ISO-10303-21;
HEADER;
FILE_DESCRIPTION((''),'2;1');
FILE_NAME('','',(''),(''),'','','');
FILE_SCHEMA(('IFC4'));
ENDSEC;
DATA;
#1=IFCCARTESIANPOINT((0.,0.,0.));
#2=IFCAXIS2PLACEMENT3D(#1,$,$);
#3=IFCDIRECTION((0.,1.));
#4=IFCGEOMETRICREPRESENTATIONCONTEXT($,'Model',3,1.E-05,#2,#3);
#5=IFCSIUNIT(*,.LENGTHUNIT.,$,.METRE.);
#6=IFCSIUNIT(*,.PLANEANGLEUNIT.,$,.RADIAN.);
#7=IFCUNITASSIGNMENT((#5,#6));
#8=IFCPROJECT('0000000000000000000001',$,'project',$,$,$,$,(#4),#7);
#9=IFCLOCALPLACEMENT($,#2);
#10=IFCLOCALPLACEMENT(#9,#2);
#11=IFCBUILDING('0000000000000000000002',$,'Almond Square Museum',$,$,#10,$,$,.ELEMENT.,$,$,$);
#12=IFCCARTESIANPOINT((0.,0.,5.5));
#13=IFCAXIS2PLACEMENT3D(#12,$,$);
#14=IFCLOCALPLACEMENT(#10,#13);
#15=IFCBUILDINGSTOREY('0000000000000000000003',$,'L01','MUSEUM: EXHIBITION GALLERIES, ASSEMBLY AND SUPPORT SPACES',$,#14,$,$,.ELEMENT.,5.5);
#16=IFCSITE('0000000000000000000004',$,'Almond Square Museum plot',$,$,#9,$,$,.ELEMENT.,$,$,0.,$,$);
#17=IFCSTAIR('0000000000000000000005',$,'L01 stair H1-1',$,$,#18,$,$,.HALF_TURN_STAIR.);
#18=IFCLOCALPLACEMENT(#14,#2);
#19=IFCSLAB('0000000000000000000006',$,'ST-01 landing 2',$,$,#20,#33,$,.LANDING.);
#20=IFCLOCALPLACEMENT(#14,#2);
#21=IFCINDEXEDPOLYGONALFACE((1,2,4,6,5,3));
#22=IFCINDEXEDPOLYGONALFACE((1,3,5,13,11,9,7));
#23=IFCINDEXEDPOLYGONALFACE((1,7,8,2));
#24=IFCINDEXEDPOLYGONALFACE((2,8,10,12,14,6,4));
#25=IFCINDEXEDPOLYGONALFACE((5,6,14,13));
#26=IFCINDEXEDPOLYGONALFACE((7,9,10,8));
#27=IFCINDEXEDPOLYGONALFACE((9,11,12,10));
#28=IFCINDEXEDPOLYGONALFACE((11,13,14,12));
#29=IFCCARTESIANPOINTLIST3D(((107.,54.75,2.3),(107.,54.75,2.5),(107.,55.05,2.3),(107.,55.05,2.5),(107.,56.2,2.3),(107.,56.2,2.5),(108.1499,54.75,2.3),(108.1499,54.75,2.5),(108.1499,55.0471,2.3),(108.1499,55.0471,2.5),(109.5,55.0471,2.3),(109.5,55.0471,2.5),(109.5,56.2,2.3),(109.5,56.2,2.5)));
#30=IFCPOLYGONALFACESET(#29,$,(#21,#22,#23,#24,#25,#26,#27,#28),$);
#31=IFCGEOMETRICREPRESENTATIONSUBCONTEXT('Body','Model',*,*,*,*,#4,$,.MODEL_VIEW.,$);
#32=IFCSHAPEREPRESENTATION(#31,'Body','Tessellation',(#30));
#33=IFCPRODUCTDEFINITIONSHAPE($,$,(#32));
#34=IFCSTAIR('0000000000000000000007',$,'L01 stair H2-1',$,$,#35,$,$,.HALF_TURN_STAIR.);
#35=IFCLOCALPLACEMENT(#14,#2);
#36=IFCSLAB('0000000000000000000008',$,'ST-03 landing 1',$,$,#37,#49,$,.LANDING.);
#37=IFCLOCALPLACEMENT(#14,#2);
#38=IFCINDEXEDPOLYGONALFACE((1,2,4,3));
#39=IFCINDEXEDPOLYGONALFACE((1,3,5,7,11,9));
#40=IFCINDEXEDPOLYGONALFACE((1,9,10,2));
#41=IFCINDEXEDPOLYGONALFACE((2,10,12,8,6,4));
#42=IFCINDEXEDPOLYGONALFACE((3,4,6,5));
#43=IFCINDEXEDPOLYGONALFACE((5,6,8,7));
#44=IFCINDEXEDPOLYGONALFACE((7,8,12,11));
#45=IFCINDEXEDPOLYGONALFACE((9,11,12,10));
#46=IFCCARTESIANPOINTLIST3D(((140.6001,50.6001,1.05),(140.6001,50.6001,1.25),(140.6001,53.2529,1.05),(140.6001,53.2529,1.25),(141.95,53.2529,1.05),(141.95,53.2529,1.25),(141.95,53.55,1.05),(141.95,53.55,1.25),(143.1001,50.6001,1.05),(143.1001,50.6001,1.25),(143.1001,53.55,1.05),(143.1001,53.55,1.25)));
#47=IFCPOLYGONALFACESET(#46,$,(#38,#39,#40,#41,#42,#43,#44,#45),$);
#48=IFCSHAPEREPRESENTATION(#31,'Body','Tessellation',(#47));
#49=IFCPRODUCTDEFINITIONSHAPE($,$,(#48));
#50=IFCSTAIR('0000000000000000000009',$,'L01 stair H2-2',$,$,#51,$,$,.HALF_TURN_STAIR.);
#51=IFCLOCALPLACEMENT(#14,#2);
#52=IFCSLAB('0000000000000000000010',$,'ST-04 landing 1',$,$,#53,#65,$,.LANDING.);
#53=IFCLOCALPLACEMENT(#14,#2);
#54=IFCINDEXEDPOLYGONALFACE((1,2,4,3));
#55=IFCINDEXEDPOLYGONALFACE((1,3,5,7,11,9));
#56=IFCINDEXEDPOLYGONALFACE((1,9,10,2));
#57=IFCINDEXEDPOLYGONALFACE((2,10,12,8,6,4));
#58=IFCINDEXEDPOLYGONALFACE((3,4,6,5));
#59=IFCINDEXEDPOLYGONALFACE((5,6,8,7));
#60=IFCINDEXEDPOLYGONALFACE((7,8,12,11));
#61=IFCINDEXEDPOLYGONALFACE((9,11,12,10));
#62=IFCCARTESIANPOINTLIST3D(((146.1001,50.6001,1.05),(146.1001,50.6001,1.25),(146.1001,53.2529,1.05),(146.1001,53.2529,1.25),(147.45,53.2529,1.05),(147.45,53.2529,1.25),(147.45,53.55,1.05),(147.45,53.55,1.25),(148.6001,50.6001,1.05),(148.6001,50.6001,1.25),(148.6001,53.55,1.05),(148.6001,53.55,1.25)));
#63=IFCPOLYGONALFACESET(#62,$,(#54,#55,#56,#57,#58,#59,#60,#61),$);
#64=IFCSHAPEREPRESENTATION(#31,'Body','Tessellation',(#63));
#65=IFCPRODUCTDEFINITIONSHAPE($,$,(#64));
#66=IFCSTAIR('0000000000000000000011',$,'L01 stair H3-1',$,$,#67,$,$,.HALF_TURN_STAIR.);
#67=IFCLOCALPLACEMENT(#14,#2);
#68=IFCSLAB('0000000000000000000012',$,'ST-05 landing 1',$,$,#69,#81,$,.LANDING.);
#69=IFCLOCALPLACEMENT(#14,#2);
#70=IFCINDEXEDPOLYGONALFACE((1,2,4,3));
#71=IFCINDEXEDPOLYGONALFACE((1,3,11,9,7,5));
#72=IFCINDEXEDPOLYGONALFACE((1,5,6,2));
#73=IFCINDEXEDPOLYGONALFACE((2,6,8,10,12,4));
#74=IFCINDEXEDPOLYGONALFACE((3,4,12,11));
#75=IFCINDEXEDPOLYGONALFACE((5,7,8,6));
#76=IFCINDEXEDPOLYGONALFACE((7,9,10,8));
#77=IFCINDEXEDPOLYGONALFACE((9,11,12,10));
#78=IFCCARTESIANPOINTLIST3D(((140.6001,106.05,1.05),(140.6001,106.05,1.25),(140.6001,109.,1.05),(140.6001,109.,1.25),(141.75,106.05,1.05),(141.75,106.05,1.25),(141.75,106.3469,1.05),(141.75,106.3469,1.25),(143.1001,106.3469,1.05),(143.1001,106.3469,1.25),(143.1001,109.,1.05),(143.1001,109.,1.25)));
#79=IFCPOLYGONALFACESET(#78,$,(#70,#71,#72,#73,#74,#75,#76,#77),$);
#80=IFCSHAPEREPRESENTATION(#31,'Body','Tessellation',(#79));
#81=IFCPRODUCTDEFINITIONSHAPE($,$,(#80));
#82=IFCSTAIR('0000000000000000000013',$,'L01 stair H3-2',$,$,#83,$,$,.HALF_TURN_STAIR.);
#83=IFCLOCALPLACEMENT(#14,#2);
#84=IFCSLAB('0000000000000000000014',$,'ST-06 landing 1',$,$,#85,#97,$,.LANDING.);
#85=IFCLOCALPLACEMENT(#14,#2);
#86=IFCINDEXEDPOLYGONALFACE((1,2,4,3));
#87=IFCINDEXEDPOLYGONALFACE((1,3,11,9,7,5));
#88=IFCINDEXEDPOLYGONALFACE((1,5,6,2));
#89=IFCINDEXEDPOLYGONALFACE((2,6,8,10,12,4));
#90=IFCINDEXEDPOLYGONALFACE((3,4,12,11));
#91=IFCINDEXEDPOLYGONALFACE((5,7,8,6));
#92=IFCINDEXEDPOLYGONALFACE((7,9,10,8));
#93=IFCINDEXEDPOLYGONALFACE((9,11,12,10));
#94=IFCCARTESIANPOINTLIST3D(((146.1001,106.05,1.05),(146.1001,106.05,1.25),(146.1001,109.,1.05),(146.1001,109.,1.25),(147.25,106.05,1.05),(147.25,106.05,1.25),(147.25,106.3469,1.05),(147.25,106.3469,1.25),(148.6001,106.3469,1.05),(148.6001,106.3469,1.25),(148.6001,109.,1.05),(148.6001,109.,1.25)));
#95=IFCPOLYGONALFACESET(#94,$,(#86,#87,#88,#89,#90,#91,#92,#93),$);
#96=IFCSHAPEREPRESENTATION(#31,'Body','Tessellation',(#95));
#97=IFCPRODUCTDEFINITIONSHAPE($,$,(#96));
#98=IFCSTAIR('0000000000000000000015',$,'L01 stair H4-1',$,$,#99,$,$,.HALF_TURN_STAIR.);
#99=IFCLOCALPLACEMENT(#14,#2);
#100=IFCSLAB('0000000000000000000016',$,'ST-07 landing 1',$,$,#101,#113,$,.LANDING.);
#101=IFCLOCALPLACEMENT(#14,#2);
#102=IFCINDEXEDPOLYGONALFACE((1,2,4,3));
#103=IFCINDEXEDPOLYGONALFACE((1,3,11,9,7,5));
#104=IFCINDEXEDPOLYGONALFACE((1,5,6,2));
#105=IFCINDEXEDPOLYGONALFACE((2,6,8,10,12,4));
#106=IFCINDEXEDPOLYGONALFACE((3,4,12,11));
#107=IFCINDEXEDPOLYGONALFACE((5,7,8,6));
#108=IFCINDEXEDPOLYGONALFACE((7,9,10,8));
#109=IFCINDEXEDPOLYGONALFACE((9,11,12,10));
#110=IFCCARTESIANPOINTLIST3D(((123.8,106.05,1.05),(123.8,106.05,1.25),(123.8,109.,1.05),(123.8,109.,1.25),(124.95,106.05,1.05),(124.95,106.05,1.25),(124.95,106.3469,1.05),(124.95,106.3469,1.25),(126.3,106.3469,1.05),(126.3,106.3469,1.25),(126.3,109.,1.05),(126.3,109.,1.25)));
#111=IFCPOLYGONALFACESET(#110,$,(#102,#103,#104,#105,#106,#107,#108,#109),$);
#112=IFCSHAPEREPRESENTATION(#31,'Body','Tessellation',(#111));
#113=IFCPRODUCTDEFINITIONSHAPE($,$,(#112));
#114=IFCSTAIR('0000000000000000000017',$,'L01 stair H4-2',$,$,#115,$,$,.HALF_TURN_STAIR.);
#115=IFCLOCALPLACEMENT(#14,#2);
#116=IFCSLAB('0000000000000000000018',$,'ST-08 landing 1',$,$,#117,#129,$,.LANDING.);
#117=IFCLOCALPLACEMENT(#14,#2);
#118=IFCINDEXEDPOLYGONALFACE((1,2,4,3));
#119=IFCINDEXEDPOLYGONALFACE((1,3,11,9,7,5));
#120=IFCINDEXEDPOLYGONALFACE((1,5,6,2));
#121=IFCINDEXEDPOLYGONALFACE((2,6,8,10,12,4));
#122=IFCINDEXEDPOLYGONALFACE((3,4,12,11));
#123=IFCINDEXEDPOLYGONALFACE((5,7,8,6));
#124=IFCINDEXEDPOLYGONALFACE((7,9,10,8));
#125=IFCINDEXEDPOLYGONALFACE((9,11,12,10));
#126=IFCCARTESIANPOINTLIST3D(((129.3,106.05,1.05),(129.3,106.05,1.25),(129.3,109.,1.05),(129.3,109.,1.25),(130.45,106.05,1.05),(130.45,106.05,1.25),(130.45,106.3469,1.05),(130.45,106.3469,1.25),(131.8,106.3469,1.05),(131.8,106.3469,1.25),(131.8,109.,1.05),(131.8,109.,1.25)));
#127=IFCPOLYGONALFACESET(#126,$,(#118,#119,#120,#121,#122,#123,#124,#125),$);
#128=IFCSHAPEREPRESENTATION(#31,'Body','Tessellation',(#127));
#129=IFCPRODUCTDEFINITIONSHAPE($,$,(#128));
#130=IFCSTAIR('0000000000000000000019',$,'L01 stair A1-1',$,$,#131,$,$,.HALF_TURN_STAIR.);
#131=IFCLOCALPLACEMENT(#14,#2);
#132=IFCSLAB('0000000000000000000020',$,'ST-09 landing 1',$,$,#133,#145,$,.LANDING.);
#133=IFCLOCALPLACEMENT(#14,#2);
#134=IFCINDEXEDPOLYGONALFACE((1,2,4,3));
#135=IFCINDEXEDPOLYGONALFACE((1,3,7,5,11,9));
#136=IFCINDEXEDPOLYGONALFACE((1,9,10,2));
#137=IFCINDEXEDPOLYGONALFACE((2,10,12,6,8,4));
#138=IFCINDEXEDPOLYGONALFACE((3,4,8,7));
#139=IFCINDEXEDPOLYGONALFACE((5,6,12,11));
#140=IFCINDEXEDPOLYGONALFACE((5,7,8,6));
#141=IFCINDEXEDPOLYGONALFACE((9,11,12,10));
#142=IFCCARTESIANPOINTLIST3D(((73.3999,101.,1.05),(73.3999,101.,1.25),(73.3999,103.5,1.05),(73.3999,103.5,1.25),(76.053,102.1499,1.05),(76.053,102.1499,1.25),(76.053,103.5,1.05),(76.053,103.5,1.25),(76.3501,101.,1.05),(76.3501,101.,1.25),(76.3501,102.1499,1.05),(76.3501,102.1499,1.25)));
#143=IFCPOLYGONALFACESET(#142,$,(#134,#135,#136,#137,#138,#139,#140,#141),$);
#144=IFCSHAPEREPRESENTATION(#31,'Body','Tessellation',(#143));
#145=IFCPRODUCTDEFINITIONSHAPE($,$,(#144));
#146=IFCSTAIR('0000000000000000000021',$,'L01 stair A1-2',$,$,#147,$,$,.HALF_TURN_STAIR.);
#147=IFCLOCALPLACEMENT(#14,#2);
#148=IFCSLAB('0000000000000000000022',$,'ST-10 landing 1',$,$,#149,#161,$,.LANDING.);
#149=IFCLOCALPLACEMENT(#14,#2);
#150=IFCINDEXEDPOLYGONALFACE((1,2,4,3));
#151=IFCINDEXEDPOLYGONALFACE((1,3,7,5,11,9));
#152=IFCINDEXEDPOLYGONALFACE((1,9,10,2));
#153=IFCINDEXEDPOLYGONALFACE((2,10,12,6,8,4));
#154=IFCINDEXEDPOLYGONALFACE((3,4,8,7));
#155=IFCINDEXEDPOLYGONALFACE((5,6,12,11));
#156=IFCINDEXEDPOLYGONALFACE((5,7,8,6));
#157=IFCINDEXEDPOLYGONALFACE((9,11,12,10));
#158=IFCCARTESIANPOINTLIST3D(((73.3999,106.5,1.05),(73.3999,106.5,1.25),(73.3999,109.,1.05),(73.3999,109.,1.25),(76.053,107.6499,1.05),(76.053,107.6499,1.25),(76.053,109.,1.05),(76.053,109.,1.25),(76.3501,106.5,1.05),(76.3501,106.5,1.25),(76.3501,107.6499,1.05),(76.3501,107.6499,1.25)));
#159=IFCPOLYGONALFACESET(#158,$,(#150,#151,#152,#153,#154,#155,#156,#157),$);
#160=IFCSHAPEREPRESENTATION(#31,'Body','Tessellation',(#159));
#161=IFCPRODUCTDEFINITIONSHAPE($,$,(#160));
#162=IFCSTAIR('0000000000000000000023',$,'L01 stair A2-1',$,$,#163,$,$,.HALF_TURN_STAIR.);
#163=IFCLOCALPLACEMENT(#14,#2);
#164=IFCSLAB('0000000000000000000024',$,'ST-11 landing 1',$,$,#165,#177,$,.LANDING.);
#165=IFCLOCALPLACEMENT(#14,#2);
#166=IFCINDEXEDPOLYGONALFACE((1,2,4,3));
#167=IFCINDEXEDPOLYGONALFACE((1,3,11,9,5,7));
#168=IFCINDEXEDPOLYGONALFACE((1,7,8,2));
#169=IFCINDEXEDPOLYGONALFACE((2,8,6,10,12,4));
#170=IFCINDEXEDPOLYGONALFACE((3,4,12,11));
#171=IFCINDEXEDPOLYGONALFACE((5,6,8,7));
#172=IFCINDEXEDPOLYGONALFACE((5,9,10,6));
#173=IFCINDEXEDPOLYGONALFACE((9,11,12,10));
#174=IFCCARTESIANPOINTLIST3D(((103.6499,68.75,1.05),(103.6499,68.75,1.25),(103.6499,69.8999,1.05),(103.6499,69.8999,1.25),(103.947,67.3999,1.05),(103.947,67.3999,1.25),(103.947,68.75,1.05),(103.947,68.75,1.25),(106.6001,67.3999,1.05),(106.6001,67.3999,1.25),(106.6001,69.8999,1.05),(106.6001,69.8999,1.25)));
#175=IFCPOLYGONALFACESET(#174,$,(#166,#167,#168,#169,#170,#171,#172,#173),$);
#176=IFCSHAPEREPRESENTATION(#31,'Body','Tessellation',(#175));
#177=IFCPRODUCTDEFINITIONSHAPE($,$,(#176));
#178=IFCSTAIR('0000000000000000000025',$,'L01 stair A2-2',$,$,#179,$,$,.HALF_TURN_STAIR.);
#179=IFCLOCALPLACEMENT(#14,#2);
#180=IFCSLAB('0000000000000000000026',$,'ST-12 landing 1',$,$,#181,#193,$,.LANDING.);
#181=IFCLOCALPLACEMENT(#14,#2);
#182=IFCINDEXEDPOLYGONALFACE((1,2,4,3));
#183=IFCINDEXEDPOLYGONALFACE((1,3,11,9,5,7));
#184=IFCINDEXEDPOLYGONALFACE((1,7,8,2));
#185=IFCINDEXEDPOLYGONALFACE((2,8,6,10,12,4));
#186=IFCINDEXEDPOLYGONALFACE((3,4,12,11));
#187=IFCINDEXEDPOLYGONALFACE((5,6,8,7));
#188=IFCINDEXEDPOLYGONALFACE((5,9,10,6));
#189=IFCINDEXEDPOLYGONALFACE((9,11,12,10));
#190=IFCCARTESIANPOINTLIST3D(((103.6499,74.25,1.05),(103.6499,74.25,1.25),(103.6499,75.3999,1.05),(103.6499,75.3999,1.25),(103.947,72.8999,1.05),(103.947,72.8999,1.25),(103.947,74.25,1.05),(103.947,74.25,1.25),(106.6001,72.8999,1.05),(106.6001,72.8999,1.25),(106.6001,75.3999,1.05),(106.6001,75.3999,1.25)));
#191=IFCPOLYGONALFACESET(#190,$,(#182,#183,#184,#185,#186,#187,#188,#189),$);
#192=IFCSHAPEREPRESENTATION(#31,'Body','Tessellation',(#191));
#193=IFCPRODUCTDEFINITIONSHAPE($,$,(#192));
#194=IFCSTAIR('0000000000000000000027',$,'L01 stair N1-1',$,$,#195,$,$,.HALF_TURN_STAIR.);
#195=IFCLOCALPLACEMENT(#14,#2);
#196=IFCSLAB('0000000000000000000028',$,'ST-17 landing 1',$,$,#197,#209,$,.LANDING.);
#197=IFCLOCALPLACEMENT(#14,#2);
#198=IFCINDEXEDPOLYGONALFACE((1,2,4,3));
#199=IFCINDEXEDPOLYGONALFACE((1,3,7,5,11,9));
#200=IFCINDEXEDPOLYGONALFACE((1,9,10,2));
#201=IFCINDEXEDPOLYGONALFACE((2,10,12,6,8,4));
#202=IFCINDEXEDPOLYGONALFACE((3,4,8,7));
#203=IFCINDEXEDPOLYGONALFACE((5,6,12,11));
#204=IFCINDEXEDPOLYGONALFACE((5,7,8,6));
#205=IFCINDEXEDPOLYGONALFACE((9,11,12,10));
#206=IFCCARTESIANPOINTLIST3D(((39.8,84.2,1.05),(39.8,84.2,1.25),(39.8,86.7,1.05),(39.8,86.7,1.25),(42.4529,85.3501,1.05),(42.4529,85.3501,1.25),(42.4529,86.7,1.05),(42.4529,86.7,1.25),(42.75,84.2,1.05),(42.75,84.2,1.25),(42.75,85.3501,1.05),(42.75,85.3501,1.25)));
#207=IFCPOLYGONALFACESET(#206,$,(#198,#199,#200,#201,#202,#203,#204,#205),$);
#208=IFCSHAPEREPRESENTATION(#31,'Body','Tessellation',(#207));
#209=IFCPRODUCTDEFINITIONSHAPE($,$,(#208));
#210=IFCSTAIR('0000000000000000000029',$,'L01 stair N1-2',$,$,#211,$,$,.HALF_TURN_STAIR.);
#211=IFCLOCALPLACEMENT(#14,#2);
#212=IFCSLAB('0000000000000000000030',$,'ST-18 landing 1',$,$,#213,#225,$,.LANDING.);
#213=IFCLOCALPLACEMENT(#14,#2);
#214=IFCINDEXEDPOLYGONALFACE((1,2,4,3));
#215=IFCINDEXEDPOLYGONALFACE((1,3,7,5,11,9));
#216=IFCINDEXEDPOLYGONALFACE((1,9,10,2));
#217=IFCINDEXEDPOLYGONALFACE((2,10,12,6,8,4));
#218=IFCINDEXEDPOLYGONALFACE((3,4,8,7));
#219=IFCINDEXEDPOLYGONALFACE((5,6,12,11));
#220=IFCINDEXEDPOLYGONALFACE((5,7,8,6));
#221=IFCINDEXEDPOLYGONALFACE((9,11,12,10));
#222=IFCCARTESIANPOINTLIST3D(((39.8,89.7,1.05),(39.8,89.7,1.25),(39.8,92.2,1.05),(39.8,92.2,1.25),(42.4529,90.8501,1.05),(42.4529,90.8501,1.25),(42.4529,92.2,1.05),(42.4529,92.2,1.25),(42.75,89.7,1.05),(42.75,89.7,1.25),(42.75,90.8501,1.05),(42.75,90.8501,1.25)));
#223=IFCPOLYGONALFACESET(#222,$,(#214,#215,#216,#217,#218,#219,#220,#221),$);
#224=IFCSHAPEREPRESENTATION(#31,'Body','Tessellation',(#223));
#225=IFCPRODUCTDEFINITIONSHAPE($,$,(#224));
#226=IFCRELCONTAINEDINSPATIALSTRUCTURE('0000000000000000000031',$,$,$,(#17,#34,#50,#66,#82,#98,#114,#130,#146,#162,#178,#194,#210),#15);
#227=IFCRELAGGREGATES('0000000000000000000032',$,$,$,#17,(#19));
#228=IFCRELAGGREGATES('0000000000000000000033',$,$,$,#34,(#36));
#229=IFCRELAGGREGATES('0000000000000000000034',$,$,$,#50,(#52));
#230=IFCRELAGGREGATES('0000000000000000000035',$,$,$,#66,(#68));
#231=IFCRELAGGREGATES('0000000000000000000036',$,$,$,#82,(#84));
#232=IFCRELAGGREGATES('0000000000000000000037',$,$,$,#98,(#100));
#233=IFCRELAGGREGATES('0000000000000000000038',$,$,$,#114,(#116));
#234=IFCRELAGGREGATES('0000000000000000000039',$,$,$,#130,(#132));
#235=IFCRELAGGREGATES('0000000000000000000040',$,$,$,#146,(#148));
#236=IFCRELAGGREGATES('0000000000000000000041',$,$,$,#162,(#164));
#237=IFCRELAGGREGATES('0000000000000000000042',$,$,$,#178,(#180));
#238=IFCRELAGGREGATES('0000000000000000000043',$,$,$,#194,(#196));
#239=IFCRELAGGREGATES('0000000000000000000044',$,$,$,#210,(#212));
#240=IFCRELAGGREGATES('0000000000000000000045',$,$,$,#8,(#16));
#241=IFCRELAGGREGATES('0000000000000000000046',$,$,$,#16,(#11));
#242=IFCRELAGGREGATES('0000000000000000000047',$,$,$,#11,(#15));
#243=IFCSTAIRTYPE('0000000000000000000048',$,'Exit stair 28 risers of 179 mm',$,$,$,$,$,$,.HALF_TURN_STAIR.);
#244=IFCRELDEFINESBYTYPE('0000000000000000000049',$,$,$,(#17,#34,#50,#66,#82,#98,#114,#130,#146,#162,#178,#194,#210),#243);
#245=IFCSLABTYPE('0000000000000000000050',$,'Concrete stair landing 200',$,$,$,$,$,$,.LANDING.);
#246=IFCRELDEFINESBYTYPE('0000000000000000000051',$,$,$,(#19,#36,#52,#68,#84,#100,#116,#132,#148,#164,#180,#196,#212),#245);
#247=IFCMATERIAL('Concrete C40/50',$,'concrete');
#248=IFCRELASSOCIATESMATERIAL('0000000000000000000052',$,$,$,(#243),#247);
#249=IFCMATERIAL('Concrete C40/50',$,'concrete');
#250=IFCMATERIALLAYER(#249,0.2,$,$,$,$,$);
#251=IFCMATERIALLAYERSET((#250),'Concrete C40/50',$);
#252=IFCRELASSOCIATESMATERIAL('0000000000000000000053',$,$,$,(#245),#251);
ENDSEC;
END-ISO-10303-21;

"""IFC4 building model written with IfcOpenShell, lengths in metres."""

from ifc_helpers import new_model, si_unit, direction, frame, origin, place, context, subcontext, project, spatial, polyline, outline, extrude, material, layer, layer_set, type_object, element, aggregate, save


model = new_model("IFC4")

# Units and contexts
model_context = context("Model", 3, precision=1e-05, world=origin(), true_north=direction((0.0, 1.0)))
body_context = subcontext(model_context, "Body", "Model", "MODEL_VIEW")
ifc_project = project(units=[si_unit("LENGTHUNIT", "METRE"), si_unit("PLANEANGLEUNIT", "RADIAN")], contexts=[model_context])

# Site, building, storey
site_placement = place(None, origin())
site = spatial("IfcSite", under=ifc_project, at=site_placement, Name="Almond Square Museum plot", CompositionType="ELEMENT", RefElevation=0.0)
building_placement = place(site_placement, origin())
building = spatial("IfcBuilding", under=site, at=building_placement, Name="Almond Square Museum", CompositionType="ELEMENT")
storey_placement = place(building_placement, frame((0.0, 0.0, 5.5)))
storey = spatial("IfcBuildingStorey", under=building, at=storey_placement, Name="L01", Description="MUSEUM: EXHIBITION GALLERIES, ASSEMBLY AND SUPPORT SPACES", CompositionType="ELEMENT", Elevation=5.5)

# Stairs, slabs
ifc_material_1 = material(Name="Concrete C40/50", Category="concrete")
stair_type = type_object("IfcStairType", Name="Exit stair 28 risers of 179 mm", PredefinedType="HALF_TURN_STAIR", material=ifc_material_1)
stair_1_placement = place(storey_placement, origin())
stair_1 = element("IfcStair", 1, at=stair_1_placement, inside=storey, type_object=stair_type, Name="L01 stair H1-1", PredefinedType="HALF_TURN_STAIR")
ifc_material_2 = material(Name="Concrete C40/50", Category="concrete")
ifc_layer = layer(ifc_material_2, 0.2)
ifc_layer_set = layer_set([ifc_layer], Name="Concrete C40/50")
slab_type = type_object("IfcSlabType", Name="Concrete stair landing 200", PredefinedType="LANDING", material=ifc_layer_set)
slab_1_placement = place(storey_placement, frame((0.0, 0.0, 2.3)))
slab_1 = element("IfcSlab", 2, at=slab_1_placement, type_object=slab_type, Name="ST-01 landing 2", PredefinedType="LANDING", context=body_context, shape_type="SweptSolid", body=[
    extrude(outline(polyline([(107.0, 56.2), (107.0, 55.05), (107.0, 54.75), (108.1499, 54.75), (108.1499, 55.0471), (109.5, 55.0471), (109.5, 56.2), (107.0, 56.2)])), origin(), (0.0, 0.0, 1.0), 0.2),
])
aggregate(stair_1, [slab_1])
stair_2_placement = place(storey_placement, origin())
stair_2 = element("IfcStair", 3, at=stair_2_placement, inside=storey, type_object=stair_type, Name="L01 stair H2-1", PredefinedType="HALF_TURN_STAIR")
slab_2_placement = place(storey_placement, frame((0.0, 0.0, 1.05)))
slab_2 = element("IfcSlab", 4, at=slab_2_placement, type_object=slab_type, Name="ST-03 landing 1", PredefinedType="LANDING", context=body_context, shape_type="SweptSolid", body=[
    extrude(outline(polyline([(140.6001, 53.2529), (140.6001, 50.6001), (143.1001, 50.6001), (143.1001, 53.55), (141.95, 53.55), (141.95, 53.2529), (140.6001, 53.2529)])), origin(), (0.0, 0.0, 1.0), 0.2),
])
aggregate(stair_2, [slab_2])
stair_3_placement = place(storey_placement, origin())
stair_3 = element("IfcStair", 5, at=stair_3_placement, inside=storey, type_object=stair_type, Name="L01 stair H2-2", PredefinedType="HALF_TURN_STAIR")
slab_3_placement = place(storey_placement, frame((0.0, 0.0, 1.05)))
slab_3 = element("IfcSlab", 6, at=slab_3_placement, type_object=slab_type, Name="ST-04 landing 1", PredefinedType="LANDING", context=body_context, shape_type="SweptSolid", body=[
    extrude(outline(polyline([(146.1001, 53.2529), (146.1001, 50.6001), (148.6001, 50.6001), (148.6001, 53.55), (147.45, 53.55), (147.45, 53.2529), (146.1001, 53.2529)])), origin(), (0.0, 0.0, 1.0), 0.2),
])
aggregate(stair_3, [slab_3])
stair_4_placement = place(storey_placement, origin())
stair_4 = element("IfcStair", 7, at=stair_4_placement, inside=storey, type_object=stair_type, Name="L01 stair H3-1", PredefinedType="HALF_TURN_STAIR")
slab_4_placement = place(storey_placement, frame((0.0, 0.0, 1.05)))
slab_4 = element("IfcSlab", 8, at=slab_4_placement, type_object=slab_type, Name="ST-05 landing 1", PredefinedType="LANDING", context=body_context, shape_type="SweptSolid", body=[
    extrude(outline(polyline([(143.1001, 106.3469), (143.1001, 109.0), (140.6001, 109.0), (140.6001, 106.05), (141.75, 106.05), (141.75, 106.3469), (143.1001, 106.3469)])), origin(), (0.0, 0.0, 1.0), 0.2),
])
aggregate(stair_4, [slab_4])
stair_5_placement = place(storey_placement, origin())
stair_5 = element("IfcStair", 9, at=stair_5_placement, inside=storey, type_object=stair_type, Name="L01 stair H3-2", PredefinedType="HALF_TURN_STAIR")
slab_5_placement = place(storey_placement, frame((0.0, 0.0, 1.05)))
slab_5 = element("IfcSlab", 10, at=slab_5_placement, type_object=slab_type, Name="ST-06 landing 1", PredefinedType="LANDING", context=body_context, shape_type="SweptSolid", body=[
    extrude(outline(polyline([(148.6001, 106.3469), (148.6001, 109.0), (146.1001, 109.0), (146.1001, 106.05), (147.25, 106.05), (147.25, 106.3469), (148.6001, 106.3469)])), origin(), (0.0, 0.0, 1.0), 0.2),
])
aggregate(stair_5, [slab_5])
stair_6_placement = place(storey_placement, origin())
stair_6 = element("IfcStair", 11, at=stair_6_placement, inside=storey, type_object=stair_type, Name="L01 stair H4-1", PredefinedType="HALF_TURN_STAIR")
slab_6_placement = place(storey_placement, frame((0.0, 0.0, 1.05)))
slab_6 = element("IfcSlab", 12, at=slab_6_placement, type_object=slab_type, Name="ST-07 landing 1", PredefinedType="LANDING", context=body_context, shape_type="SweptSolid", body=[
    extrude(outline(polyline([(126.3, 106.3469), (126.3, 109.0), (123.8, 109.0), (123.8, 106.05), (124.95, 106.05), (124.95, 106.3469), (126.3, 106.3469)])), origin(), (0.0, 0.0, 1.0), 0.2),
])
aggregate(stair_6, [slab_6])
stair_7_placement = place(storey_placement, origin())
stair_7 = element("IfcStair", 13, at=stair_7_placement, inside=storey, type_object=stair_type, Name="L01 stair H4-2", PredefinedType="HALF_TURN_STAIR")
slab_7_placement = place(storey_placement, frame((0.0, 0.0, 1.05)))
slab_7 = element("IfcSlab", 14, at=slab_7_placement, type_object=slab_type, Name="ST-08 landing 1", PredefinedType="LANDING", context=body_context, shape_type="SweptSolid", body=[
    extrude(outline(polyline([(131.8, 106.3469), (131.8, 109.0), (129.3, 109.0), (129.3, 106.05), (130.45, 106.05), (130.45, 106.3469), (131.8, 106.3469)])), origin(), (0.0, 0.0, 1.0), 0.2),
])
aggregate(stair_7, [slab_7])
stair_8_placement = place(storey_placement, origin())
stair_8 = element("IfcStair", 15, at=stair_8_placement, inside=storey, type_object=stair_type, Name="L01 stair A1-1", PredefinedType="HALF_TURN_STAIR")
slab_8_placement = place(storey_placement, frame((0.0, 0.0, 1.05)))
slab_8 = element("IfcSlab", 16, at=slab_8_placement, type_object=slab_type, Name="ST-09 landing 1", PredefinedType="LANDING", context=body_context, shape_type="SweptSolid", body=[
    extrude(outline(polyline([(76.053, 103.5), (73.3999, 103.5), (73.3999, 101.0), (76.3501, 101.0), (76.3501, 102.1499), (76.053, 102.1499), (76.053, 103.5)])), origin(), (0.0, 0.0, 1.0), 0.2),
])
aggregate(stair_8, [slab_8])
stair_9_placement = place(storey_placement, origin())
stair_9 = element("IfcStair", 17, at=stair_9_placement, inside=storey, type_object=stair_type, Name="L01 stair A1-2", PredefinedType="HALF_TURN_STAIR")
slab_9_placement = place(storey_placement, frame((0.0, 0.0, 1.05)))
slab_9 = element("IfcSlab", 18, at=slab_9_placement, type_object=slab_type, Name="ST-10 landing 1", PredefinedType="LANDING", context=body_context, shape_type="SweptSolid", body=[
    extrude(outline(polyline([(76.053, 109.0), (73.3999, 109.0), (73.3999, 106.5), (76.3501, 106.5), (76.3501, 107.6499), (76.053, 107.6499), (76.053, 109.0)])), origin(), (0.0, 0.0, 1.0), 0.2),
])
aggregate(stair_9, [slab_9])
stair_10_placement = place(storey_placement, origin())
stair_10 = element("IfcStair", 19, at=stair_10_placement, inside=storey, type_object=stair_type, Name="L01 stair A2-1", PredefinedType="HALF_TURN_STAIR")
slab_10_placement = place(storey_placement, frame((0.0, 0.0, 1.05)))
slab_10 = element("IfcSlab", 20, at=slab_10_placement, type_object=slab_type, Name="ST-11 landing 1", PredefinedType="LANDING", context=body_context, shape_type="SweptSolid", body=[
    extrude(outline(polyline([(103.947, 67.3999), (106.6001, 67.3999), (106.6001, 69.8999), (103.6499, 69.8999), (103.6499, 68.75), (103.947, 68.75), (103.947, 67.3999)])), origin(), (0.0, 0.0, 1.0), 0.2),
])
aggregate(stair_10, [slab_10])
stair_11_placement = place(storey_placement, origin())
stair_11 = element("IfcStair", 21, at=stair_11_placement, inside=storey, type_object=stair_type, Name="L01 stair A2-2", PredefinedType="HALF_TURN_STAIR")
slab_11_placement = place(storey_placement, frame((0.0, 0.0, 1.05)))
slab_11 = element("IfcSlab", 22, at=slab_11_placement, type_object=slab_type, Name="ST-12 landing 1", PredefinedType="LANDING", context=body_context, shape_type="SweptSolid", body=[
    extrude(outline(polyline([(103.947, 72.8999), (106.6001, 72.8999), (106.6001, 75.3999), (103.6499, 75.3999), (103.6499, 74.25), (103.947, 74.25), (103.947, 72.8999)])), origin(), (0.0, 0.0, 1.0), 0.2),
])
aggregate(stair_11, [slab_11])
stair_12_placement = place(storey_placement, origin())
stair_12 = element("IfcStair", 23, at=stair_12_placement, inside=storey, type_object=stair_type, Name="L01 stair N1-1", PredefinedType="HALF_TURN_STAIR")
slab_12_placement = place(storey_placement, frame((0.0, 0.0, 1.05)))
slab_12 = element("IfcSlab", 24, at=slab_12_placement, type_object=slab_type, Name="ST-17 landing 1", PredefinedType="LANDING", context=body_context, shape_type="SweptSolid", body=[
    extrude(outline(polyline([(42.4529, 86.7), (39.8, 86.7), (39.8, 84.2), (42.75, 84.2), (42.75, 85.3501), (42.4529, 85.3501), (42.4529, 86.7)])), origin(), (0.0, 0.0, 1.0), 0.2),
])
aggregate(stair_12, [slab_12])
stair_13_placement = place(storey_placement, origin())
stair_13 = element("IfcStair", 25, at=stair_13_placement, inside=storey, type_object=stair_type, Name="L01 stair N1-2", PredefinedType="HALF_TURN_STAIR")
slab_13_placement = place(storey_placement, frame((0.0, 0.0, 1.05)))
slab_13 = element("IfcSlab", 26, at=slab_13_placement, type_object=slab_type, Name="ST-18 landing 1", PredefinedType="LANDING", context=body_context, shape_type="SweptSolid", body=[
    extrude(outline(polyline([(42.4529, 92.2), (39.8, 92.2), (39.8, 89.7), (42.75, 89.7), (42.75, 90.8501), (42.4529, 90.8501), (42.4529, 92.2)])), origin(), (0.0, 0.0, 1.0), 0.2),
])
aggregate(stair_13, [slab_13])

save(model, "model.ifc")
